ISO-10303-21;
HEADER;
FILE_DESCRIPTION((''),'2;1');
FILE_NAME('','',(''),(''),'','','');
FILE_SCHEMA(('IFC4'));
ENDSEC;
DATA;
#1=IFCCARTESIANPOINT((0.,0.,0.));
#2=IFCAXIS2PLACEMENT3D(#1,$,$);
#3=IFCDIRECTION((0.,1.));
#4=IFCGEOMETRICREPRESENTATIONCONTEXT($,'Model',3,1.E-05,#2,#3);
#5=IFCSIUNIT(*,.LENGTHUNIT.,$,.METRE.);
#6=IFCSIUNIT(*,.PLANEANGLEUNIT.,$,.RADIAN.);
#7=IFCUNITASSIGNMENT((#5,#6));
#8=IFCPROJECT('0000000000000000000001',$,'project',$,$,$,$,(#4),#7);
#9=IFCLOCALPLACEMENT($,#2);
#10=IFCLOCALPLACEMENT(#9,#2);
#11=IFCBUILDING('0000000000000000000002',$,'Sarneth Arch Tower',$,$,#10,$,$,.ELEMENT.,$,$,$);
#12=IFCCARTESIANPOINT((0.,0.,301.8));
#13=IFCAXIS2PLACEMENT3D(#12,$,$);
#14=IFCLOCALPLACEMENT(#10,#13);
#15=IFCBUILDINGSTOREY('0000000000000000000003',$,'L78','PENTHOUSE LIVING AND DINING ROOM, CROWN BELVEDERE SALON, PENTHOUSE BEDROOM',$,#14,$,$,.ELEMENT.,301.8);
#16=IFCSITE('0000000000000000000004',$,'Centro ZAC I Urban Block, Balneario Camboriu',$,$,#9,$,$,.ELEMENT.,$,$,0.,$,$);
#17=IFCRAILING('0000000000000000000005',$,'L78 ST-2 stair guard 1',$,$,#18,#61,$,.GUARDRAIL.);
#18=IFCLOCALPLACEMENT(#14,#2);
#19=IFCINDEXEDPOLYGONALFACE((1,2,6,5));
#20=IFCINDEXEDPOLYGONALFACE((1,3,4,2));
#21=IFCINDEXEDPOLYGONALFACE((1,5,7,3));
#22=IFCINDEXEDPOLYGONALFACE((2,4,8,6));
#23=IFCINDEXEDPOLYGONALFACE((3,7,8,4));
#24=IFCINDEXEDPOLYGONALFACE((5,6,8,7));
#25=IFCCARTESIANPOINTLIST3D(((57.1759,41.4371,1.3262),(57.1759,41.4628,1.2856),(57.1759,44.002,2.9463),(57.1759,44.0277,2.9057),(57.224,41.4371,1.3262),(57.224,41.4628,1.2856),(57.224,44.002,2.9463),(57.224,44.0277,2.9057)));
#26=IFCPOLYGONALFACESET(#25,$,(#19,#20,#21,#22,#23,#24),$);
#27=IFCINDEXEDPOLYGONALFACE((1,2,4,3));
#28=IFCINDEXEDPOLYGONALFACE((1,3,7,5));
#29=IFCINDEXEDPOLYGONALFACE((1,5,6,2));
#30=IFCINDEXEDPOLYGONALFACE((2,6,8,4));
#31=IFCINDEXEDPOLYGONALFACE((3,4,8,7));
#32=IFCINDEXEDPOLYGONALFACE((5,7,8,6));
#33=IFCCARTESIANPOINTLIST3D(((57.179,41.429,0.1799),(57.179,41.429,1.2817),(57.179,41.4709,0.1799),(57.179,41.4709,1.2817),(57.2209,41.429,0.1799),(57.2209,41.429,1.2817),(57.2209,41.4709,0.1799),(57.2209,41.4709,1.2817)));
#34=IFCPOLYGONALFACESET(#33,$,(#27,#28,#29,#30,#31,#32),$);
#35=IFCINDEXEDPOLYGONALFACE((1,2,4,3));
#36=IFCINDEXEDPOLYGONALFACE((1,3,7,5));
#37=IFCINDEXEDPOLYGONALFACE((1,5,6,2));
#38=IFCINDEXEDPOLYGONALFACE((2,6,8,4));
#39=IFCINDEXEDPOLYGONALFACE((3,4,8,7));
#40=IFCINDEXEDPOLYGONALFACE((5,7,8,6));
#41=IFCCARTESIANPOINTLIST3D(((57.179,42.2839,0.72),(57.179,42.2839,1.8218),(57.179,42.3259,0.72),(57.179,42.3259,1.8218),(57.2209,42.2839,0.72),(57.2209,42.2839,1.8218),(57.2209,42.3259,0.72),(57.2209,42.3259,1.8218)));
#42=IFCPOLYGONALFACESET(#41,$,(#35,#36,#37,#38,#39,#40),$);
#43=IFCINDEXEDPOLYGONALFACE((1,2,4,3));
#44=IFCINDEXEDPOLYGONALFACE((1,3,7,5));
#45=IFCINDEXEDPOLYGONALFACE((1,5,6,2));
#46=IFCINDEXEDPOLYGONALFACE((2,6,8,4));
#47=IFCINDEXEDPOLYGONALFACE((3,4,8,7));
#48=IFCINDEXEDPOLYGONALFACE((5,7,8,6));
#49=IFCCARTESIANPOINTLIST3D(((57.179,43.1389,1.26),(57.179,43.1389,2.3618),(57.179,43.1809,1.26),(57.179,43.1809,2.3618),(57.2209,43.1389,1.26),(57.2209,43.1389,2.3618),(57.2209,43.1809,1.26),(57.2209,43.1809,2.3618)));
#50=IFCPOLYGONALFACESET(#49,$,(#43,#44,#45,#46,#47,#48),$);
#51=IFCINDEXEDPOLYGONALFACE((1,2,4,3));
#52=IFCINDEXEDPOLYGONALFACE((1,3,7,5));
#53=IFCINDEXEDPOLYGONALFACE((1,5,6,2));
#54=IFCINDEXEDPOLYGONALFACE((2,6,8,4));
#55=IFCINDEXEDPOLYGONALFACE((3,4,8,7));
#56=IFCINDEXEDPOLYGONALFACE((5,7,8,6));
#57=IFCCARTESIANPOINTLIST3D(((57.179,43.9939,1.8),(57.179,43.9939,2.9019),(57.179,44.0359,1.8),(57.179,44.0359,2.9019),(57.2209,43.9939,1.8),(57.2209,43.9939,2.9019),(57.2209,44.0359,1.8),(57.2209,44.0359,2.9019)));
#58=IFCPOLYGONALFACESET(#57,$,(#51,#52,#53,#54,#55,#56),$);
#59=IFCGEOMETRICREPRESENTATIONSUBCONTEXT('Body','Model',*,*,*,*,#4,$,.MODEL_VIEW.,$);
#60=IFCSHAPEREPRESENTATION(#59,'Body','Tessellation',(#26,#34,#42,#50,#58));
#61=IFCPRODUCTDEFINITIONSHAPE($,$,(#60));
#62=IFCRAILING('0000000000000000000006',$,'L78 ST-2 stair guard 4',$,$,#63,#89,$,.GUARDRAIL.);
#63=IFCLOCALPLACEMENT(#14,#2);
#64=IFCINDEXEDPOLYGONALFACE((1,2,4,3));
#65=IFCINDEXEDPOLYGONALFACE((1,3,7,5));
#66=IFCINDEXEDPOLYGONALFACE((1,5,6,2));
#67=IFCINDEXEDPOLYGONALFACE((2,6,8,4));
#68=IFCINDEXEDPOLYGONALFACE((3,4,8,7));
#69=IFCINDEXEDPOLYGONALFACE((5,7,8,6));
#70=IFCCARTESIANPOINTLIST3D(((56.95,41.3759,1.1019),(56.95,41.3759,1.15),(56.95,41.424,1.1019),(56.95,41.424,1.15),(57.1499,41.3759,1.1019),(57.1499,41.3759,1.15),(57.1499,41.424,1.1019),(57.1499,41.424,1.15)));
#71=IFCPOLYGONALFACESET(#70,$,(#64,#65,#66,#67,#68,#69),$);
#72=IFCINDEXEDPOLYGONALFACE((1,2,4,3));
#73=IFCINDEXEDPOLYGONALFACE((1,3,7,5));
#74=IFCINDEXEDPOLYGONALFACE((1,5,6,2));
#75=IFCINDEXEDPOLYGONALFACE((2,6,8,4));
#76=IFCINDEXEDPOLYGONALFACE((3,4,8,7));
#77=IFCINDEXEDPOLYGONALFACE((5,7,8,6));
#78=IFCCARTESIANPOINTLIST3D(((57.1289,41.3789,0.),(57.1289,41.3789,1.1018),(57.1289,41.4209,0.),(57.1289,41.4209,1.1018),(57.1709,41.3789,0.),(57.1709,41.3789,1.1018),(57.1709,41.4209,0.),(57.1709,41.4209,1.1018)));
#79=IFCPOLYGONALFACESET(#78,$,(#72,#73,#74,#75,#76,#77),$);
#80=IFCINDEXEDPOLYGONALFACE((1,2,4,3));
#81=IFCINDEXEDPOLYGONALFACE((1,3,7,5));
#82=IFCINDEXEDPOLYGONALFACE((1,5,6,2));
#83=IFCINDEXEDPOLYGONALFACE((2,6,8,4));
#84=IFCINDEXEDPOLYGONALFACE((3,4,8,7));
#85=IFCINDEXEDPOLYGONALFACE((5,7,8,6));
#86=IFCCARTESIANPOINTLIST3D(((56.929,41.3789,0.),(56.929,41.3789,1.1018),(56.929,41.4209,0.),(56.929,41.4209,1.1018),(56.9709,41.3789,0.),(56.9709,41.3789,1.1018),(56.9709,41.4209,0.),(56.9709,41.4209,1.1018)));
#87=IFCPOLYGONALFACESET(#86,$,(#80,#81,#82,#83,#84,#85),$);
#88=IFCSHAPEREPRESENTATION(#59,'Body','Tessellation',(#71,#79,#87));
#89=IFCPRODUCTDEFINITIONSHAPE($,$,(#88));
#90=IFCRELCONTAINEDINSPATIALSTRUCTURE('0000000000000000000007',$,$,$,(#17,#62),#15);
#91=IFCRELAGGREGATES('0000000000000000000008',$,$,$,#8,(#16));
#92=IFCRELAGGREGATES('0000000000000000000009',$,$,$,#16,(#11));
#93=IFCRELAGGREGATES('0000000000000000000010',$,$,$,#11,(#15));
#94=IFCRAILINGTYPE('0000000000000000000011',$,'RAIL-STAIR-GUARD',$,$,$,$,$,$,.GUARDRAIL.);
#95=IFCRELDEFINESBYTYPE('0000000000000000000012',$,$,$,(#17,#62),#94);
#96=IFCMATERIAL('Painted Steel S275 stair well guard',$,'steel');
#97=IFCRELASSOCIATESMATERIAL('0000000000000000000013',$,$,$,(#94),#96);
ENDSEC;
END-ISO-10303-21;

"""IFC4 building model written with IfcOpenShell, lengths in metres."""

from ifc_helpers import new_model, si_unit, direction, frame, origin, origin_2d, place, context, subcontext, project, spatial, rectangle, extrude, material, type_object, element, save


model = new_model("IFC4")

# Units and contexts
model_context = context("Model", 3, precision=1e-05, world=origin(), true_north=direction((0.0, 1.0)))
body_context = subcontext(model_context, "Body", "Model", "MODEL_VIEW")
ifc_project = project(units=[si_unit("LENGTHUNIT", "METRE"), si_unit("PLANEANGLEUNIT", "RADIAN")], contexts=[model_context])

# Site, building, storey
site_placement = place(None, origin())
site = spatial("IfcSite", under=ifc_project, at=site_placement, Name="Centro ZAC I Urban Block, Balneario Camboriu", CompositionType="ELEMENT", RefElevation=0.0)
building_placement = place(site_placement, origin())
building = spatial("IfcBuilding", under=site, at=building_placement, Name="Sarneth Arch Tower", CompositionType="ELEMENT")
storey_placement = place(building_placement, frame((0.0, 0.0, 301.8)))
storey = spatial("IfcBuildingStorey", under=building, at=storey_placement, Name="L78", Description="PENTHOUSE LIVING AND DINING ROOM, CROWN BELVEDERE SALON, PENTHOUSE BEDROOM", CompositionType="ELEMENT", Elevation=301.8)

# Railings
ifc_material_1 = material(Name="Painted Steel S275 stair well guard", Category="steel")
railing_type_1 = type_object("IfcRailingType", Name="RAIL-STAIR-GUARD", PredefinedType="GUARDRAIL", material=ifc_material_1)
railing_1_placement = place(storey_placement, frame((57.2, 41.45, 0.1799)))
element("IfcRailing", 1, at=railing_1_placement, inside=storey, type_object=railing_type_1, Name="L78 ST-2 stair guard 1", PredefinedType="GUARDRAIL", context=body_context, shape_type="SweptSolid", body=[
    extrude(rectangle(XDim=0.0481, YDim=0.0481, at=origin_2d()), frame((0.0, 0.0, 1.126), z_axis=(0.0, 0.845466, 0.534029), x_axis=(-1.0, 0.0, 0.0)), (0.0, 0.0, 1.0), 3.0337),
    extrude(rectangle(XDim=0.042, YDim=0.042, at=origin_2d()), origin(), (0.0, 0.0, 1.0), 1.1018),
    extrude(rectangle(XDim=0.042, YDim=0.042, at=origin_2d()), frame((0.0, 0.855, 0.54)), (0.0, 0.0, 1.0), 1.1018),
    extrude(rectangle(XDim=0.042, YDim=0.042, at=origin_2d()), frame((0.0, 1.71, 1.0801)), (0.0, 0.0, 1.0), 1.1018),
    extrude(rectangle(XDim=0.042, YDim=0.042, at=origin_2d()), frame((0.0, 2.5649, 1.6201)), (0.0, 0.0, 1.0), 1.1018),
])
railing_2_placement = place(storey_placement, frame((57.1499, 41.3999, 0.0)))
element("IfcRailing", 2, at=railing_2_placement, inside=storey, type_object=railing_type_1, Name="L78 ST-2 stair guard 4", PredefinedType="GUARDRAIL", context=body_context, shape_type="SweptSolid", body=[
    extrude(rectangle(XDim=0.0481, YDim=0.0481, at=origin_2d()), frame((0.0, 0.0, 1.126), z_axis=(-1.0, 0.0, 0.0), x_axis=(0.0, -1.0, 0.0)), (0.0, 0.0, 1.0), 0.2),
    extrude(rectangle(XDim=0.042, YDim=0.042, at=origin_2d()), origin(), (0.0, 0.0, 1.0), 1.1018),
    extrude(rectangle(XDim=0.042, YDim=0.042, at=origin_2d()), frame((-0.2, 0.0, 0.0)), (0.0, 0.0, 1.0), 1.1018),
])

save(model, "model.ifc")
